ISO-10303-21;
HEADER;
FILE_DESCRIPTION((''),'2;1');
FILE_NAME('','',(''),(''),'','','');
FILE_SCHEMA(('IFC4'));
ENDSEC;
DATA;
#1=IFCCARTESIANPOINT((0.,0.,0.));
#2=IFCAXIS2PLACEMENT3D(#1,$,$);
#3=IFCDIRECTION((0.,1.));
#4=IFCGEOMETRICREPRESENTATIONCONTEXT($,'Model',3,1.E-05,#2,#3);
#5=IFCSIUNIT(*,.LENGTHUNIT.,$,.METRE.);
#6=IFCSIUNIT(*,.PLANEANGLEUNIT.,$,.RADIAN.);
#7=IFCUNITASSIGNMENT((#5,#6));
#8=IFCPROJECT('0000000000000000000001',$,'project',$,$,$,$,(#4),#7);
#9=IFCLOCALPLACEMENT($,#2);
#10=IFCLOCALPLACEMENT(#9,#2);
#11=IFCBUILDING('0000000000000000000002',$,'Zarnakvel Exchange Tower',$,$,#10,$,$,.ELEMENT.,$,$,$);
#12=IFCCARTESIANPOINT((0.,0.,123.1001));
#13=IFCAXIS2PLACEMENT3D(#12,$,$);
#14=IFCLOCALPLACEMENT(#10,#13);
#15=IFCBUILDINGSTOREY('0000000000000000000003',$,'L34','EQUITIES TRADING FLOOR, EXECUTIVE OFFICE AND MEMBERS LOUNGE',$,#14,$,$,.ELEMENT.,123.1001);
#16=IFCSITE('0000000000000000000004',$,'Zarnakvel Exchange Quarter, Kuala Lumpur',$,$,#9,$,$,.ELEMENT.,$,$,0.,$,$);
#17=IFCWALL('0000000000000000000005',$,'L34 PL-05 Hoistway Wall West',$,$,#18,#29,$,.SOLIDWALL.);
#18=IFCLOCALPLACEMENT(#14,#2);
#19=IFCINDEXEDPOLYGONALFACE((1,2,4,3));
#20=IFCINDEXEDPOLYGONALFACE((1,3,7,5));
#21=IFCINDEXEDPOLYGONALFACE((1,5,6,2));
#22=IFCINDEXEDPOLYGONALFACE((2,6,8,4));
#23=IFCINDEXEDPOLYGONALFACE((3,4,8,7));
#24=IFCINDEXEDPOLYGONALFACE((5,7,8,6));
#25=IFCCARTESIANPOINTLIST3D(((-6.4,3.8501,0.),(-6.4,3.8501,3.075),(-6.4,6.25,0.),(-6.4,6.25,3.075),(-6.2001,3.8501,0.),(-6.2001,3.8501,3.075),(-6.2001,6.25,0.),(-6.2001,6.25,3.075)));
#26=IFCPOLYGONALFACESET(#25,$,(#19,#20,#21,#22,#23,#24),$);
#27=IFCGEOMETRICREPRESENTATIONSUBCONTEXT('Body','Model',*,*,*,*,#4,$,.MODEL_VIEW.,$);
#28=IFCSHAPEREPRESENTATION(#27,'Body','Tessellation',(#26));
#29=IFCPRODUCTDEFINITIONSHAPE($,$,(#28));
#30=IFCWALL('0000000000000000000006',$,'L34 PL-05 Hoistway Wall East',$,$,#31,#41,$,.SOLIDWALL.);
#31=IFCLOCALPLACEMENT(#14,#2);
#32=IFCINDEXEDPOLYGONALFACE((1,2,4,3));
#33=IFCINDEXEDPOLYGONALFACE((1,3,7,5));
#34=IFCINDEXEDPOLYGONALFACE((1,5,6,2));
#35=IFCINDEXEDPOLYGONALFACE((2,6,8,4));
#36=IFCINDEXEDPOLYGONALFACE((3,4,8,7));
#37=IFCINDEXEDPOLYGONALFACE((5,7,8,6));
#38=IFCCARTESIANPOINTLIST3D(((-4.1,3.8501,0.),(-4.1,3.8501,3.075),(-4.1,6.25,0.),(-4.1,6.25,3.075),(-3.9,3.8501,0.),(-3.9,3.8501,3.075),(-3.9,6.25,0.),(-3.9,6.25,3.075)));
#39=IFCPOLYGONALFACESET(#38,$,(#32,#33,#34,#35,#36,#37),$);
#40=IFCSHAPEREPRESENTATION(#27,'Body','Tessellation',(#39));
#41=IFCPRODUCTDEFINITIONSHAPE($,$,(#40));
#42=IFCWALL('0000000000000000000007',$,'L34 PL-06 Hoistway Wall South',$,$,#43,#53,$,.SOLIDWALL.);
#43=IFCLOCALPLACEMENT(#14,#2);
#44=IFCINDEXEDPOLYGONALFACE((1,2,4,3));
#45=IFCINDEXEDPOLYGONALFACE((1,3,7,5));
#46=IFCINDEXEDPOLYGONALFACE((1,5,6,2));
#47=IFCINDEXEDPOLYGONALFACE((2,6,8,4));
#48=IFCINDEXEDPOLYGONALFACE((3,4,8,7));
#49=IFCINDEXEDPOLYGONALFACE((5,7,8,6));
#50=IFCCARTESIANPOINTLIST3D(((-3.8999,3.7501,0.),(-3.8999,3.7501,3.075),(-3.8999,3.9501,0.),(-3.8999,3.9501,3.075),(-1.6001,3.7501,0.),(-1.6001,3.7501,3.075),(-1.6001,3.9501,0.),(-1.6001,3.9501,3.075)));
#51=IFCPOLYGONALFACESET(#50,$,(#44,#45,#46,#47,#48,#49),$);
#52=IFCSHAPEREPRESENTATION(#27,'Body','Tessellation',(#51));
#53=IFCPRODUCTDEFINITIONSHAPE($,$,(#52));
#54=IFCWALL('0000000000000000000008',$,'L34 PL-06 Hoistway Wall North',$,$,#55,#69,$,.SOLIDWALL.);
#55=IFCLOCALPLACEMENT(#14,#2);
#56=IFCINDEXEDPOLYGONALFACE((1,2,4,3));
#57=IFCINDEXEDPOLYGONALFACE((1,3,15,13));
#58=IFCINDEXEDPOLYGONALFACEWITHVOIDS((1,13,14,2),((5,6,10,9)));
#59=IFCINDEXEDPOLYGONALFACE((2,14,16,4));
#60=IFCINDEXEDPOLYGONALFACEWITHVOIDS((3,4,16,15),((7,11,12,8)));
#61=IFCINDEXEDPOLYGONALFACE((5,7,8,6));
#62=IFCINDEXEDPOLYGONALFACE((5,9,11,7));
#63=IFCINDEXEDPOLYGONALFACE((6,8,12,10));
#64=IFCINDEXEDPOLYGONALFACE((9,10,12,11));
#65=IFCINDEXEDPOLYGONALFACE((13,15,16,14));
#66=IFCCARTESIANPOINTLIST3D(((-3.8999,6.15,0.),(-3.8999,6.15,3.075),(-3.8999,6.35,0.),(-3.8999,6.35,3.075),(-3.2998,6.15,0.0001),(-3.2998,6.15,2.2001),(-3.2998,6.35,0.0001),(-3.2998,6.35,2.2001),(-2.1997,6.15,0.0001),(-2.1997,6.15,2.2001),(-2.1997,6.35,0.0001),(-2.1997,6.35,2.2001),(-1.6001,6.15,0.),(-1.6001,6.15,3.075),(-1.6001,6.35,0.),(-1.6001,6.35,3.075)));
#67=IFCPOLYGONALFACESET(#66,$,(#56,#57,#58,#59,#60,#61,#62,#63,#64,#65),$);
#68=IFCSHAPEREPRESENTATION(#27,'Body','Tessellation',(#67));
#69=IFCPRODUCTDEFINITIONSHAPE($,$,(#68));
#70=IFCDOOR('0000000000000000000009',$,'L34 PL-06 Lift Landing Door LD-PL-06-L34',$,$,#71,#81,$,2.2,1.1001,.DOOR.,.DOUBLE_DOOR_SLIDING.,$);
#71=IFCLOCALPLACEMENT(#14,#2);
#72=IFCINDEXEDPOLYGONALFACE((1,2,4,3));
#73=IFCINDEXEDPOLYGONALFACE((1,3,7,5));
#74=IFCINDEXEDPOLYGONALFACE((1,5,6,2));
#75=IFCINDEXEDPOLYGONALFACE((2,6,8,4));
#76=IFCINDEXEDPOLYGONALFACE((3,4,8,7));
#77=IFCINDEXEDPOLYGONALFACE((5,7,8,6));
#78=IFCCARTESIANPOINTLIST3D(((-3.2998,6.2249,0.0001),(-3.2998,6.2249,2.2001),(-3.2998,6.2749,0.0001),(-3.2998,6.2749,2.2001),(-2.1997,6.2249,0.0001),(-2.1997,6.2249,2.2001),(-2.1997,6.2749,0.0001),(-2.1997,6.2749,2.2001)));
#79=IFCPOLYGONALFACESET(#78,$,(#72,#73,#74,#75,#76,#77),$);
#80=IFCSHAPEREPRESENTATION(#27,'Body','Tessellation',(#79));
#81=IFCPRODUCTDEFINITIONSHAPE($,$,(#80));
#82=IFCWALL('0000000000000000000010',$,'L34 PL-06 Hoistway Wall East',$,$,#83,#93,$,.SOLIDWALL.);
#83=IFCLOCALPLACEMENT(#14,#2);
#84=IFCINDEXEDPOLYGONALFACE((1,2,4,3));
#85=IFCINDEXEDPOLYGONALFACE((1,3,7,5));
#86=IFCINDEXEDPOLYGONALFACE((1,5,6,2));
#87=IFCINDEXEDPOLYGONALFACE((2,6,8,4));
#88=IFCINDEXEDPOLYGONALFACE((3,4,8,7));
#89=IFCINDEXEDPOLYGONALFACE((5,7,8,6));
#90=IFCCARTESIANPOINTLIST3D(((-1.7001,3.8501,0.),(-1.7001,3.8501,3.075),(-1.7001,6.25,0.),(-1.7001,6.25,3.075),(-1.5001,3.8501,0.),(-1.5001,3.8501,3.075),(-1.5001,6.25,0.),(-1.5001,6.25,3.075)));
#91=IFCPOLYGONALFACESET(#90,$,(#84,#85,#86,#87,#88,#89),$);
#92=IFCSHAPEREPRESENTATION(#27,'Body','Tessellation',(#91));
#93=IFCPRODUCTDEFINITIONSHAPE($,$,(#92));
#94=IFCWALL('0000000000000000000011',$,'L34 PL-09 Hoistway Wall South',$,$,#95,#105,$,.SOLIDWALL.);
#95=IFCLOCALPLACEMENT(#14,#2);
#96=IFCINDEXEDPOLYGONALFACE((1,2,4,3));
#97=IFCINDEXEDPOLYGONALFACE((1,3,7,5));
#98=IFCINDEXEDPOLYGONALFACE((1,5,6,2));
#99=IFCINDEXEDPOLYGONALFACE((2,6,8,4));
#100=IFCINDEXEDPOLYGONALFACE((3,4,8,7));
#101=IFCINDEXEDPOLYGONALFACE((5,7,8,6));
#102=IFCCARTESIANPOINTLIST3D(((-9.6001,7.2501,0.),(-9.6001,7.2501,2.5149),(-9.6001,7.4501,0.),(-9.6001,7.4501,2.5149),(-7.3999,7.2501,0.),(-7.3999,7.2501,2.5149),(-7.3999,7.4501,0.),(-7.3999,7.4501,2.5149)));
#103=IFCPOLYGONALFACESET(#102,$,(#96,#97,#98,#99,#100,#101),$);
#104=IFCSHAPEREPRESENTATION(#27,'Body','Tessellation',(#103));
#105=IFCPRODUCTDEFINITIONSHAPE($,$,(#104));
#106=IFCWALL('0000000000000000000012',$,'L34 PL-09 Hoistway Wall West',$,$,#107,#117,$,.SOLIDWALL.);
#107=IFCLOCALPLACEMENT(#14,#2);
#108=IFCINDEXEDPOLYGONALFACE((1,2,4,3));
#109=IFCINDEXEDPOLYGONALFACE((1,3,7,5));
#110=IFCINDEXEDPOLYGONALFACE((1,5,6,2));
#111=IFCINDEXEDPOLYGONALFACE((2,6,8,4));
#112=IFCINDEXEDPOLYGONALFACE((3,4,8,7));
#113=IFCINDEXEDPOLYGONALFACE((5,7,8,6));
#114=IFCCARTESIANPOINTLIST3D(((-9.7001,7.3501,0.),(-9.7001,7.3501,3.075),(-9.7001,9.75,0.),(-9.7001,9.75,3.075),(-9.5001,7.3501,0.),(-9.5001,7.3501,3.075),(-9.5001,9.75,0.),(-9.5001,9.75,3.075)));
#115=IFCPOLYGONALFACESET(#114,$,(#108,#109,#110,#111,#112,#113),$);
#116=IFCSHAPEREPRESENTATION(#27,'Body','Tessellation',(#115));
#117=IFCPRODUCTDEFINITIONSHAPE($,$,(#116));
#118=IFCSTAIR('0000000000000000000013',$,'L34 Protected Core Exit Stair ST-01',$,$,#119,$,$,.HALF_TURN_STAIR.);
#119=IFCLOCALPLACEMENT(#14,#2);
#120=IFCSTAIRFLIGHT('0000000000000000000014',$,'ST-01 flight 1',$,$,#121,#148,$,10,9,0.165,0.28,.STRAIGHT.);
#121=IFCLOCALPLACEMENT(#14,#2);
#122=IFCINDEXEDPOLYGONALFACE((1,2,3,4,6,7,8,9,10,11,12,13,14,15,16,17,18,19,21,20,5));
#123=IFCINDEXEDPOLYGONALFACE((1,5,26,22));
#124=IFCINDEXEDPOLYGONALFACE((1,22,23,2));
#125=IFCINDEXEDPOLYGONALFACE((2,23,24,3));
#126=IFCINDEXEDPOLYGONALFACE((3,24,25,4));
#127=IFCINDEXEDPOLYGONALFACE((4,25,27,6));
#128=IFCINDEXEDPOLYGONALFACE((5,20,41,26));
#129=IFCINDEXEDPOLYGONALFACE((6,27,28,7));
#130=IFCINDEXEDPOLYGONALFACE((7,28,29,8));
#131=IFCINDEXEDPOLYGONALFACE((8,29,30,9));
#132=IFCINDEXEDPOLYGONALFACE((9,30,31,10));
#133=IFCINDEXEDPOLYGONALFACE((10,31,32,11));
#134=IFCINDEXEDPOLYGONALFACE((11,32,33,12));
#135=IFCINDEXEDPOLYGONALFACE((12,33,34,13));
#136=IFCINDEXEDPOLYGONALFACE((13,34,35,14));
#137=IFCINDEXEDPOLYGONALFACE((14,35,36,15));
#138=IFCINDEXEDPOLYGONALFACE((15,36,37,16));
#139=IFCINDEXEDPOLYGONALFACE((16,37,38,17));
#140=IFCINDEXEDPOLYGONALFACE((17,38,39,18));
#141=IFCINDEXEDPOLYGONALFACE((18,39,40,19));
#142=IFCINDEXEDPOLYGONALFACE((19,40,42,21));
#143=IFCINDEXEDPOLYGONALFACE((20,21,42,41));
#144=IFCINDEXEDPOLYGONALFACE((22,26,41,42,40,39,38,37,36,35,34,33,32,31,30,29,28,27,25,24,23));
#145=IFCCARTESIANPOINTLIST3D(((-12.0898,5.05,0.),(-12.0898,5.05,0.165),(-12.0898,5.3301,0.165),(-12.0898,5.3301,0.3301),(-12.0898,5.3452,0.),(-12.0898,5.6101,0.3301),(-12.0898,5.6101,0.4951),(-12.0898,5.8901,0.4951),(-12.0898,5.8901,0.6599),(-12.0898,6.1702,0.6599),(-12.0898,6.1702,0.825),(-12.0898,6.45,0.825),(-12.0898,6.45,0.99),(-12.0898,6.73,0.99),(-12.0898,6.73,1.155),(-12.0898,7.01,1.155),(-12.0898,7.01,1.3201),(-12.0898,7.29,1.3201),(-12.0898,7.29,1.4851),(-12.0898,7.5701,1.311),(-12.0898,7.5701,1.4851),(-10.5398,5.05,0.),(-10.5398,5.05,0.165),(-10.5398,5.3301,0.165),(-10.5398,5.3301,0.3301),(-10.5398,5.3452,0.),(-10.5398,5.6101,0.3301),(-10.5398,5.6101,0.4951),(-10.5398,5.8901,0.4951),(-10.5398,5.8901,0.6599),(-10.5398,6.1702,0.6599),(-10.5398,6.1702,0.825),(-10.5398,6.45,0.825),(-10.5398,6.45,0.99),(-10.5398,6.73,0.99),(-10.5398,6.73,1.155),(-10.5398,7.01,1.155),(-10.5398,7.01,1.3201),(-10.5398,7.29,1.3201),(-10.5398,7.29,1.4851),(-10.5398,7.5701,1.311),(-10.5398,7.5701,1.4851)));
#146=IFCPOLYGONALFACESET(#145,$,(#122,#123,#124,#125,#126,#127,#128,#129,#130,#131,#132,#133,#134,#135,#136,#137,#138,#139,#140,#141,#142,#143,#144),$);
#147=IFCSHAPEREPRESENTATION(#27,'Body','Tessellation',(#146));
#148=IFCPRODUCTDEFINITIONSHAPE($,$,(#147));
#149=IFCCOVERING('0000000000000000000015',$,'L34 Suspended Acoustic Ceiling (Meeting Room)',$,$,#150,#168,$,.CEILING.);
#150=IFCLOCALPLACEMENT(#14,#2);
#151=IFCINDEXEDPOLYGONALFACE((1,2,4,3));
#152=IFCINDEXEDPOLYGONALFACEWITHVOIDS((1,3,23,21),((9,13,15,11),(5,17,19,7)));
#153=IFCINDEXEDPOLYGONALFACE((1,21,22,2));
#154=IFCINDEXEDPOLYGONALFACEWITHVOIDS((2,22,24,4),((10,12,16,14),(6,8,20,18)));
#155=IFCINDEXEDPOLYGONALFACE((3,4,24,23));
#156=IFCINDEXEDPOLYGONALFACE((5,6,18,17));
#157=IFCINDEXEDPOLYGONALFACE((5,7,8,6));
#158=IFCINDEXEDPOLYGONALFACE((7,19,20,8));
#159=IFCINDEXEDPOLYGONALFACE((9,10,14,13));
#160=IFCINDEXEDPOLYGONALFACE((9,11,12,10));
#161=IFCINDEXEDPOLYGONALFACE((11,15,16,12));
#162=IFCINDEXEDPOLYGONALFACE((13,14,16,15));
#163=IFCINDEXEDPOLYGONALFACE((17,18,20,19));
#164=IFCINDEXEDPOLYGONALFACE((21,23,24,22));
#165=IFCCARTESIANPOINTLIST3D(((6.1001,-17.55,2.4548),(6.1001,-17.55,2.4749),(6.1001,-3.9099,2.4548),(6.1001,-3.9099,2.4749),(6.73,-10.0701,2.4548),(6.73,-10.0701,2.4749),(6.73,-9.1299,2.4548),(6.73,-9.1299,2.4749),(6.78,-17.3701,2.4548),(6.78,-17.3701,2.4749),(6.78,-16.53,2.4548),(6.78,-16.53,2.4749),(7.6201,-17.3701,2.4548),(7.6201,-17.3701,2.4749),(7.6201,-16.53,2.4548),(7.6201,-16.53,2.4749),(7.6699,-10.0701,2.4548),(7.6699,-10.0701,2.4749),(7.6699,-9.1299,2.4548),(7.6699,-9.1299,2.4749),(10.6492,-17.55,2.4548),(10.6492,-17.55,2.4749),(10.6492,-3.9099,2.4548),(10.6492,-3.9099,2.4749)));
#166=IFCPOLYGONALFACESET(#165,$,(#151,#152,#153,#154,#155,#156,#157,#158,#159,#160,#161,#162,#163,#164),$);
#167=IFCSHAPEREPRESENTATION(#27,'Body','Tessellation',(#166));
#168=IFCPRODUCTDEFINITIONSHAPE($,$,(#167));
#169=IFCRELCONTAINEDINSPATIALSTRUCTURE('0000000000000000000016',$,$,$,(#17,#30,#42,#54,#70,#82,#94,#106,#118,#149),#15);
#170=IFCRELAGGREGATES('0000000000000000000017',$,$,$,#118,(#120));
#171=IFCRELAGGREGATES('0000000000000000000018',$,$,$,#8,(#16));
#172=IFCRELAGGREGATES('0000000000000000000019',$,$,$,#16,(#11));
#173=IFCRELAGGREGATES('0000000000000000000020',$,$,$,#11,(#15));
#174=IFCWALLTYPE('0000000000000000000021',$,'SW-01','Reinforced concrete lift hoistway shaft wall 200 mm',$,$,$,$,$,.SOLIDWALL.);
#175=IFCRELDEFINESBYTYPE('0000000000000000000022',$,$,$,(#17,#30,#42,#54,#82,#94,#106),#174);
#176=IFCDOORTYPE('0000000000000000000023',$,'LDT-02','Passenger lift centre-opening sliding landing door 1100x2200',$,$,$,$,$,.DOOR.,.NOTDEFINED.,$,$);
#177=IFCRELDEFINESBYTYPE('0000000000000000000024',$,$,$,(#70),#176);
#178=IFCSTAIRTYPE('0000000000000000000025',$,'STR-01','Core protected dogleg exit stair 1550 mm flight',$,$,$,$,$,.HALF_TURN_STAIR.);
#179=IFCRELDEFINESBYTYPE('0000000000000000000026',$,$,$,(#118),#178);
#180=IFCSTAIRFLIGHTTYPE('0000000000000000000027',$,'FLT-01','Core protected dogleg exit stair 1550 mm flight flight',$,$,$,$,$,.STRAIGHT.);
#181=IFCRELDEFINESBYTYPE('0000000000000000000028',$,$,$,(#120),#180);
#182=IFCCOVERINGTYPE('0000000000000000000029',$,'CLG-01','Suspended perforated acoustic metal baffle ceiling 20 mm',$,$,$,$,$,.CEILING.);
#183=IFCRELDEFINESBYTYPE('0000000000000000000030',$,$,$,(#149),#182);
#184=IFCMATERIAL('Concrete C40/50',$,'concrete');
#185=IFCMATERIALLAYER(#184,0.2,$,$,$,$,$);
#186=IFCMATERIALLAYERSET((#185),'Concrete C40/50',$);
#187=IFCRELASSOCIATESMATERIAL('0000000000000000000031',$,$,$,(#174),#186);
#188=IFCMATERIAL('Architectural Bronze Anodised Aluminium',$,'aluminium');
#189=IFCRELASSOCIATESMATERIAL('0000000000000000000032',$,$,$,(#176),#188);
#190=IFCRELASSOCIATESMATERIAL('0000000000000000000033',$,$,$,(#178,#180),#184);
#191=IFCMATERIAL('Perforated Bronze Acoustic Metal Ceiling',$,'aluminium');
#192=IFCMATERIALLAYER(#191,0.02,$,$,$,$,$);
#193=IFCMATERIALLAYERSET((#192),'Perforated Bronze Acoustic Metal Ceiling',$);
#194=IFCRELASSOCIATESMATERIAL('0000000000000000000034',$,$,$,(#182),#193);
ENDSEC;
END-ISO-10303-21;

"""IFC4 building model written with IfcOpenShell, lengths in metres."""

from ifc_helpers import new_model, si_unit, direction, frame, frame_2d, origin, place, context, subcontext, project, spatial, polyline, rectangle, outline, extrude, source, transform, mapped, material, layer, layer_set, type_object, element, fill, aggregate, save


model = new_model("IFC4")

# Units and contexts
model_context = context("Model", 3, precision=1e-05, world=origin(), true_north=direction((0.0, 1.0)))
body_context = subcontext(model_context, "Body", "Model", "MODEL_VIEW")
ifc_project = project(units=[si_unit("LENGTHUNIT", "METRE"), si_unit("PLANEANGLEUNIT", "RADIAN")], contexts=[model_context])

# Site, building, storey
site_placement = place(None, origin())
site = spatial("IfcSite", under=ifc_project, at=site_placement, Name="Zarnakvel Exchange Quarter, Kuala Lumpur", CompositionType="ELEMENT", RefElevation=0.0)
building_placement = place(site_placement, origin())
building = spatial("IfcBuilding", under=site, at=building_placement, Name="Zarnakvel Exchange Tower", CompositionType="ELEMENT")
storey_placement = place(building_placement, frame((0.0, 0.0, 123.1001)))
storey = spatial("IfcBuildingStorey", under=building, at=storey_placement, Name="L34", Description="EQUITIES TRADING FLOOR, EXECUTIVE OFFICE AND MEMBERS LOUNGE", CompositionType="ELEMENT", Elevation=123.1001)

# Shared definitions
ifc_material_1 = material(Name="Concrete C40/50", Category="concrete")
ifc_layer_1 = layer(ifc_material_1, 0.2)
ifc_layer_set_1 = layer_set([ifc_layer_1], Name="Concrete C40/50")
wall_type_1 = type_object("IfcWallType", Name="SW-01", Description="Reinforced concrete lift hoistway shaft wall 200 mm", PredefinedType="SOLIDWALL", material=ifc_layer_set_1)
shared_shape_1 = source(origin(), body_context, "Body", "SweptSolid", [
    extrude(rectangle(XDim=1.1001, YDim=2.2, at=frame_2d((0.55, 1.1001))), frame((0.0, 0.0249, 0.0), z_axis=(0.0, -1.0, 0.0), x_axis=(1.0, 0.0, 0.0)), (0.0, 0.0, 1.0), 0.05),
])

# Shared definitions
ifc_material_2 = material(Name="Architectural Bronze Anodised Aluminium", Category="aluminium")
door_type_1 = type_object("IfcDoorType", Name="LDT-02", Description="Passenger lift centre-opening sliding landing door 1100x2200", OperationType="NOTDEFINED", PredefinedType="DOOR", material=ifc_material_2)

# Walls
for number, where, z_axis, x_axis, name in (
    (1, (-6.3, 3.8501, 0.0), (0.0, 0.0, 1.0), (0.0, 1.0, 0.0), "L34 PL-05 Hoistway Wall West"),
    (2, (-4.0, 6.25, 0.0), (0.0, 0.0, 1.0), (0.0, -1.0, 0.0), "L34 PL-05 Hoistway Wall East"),
):
    element("IfcWall", number, at=place(storey_placement, frame(where, z_axis=z_axis, x_axis=x_axis)), inside=storey, type_object=wall_type_1, Name=name, PredefinedType="SOLIDWALL", context=body_context, shape_type="SweptSolid", body=[
        extrude(rectangle(XDim=2.3999, YDim=0.2, at=frame_2d((1.2, 0.0))), origin(), (0.0, 0.0, 1.0), 3.075),
    ])
wall_1_placement = place(storey_placement, frame((-1.6001, 3.8501, 0.0), z_axis=(0.0, 0.0, 1.0), x_axis=(-1.0, 0.0, 0.0)))
element("IfcWall", 3, at=wall_1_placement, inside=storey, type_object=wall_type_1, Name="L34 PL-06 Hoistway Wall South", PredefinedType="SOLIDWALL", context=body_context, shape_type="SweptSolid", body=[
    extrude(rectangle(XDim=2.2998, YDim=0.2, at=frame_2d((1.1499, 0.0))), origin(), (0.0, 0.0, 1.0), 3.075),
])

# Wall, opening, door
wall_2_placement = place(storey_placement, frame((-3.8999, 6.25, 0.0), z_axis=(0.0, 0.0, 1.0), x_axis=(1.0, 0.0, 0.0)))
wall_2 = element("IfcWall", 4, at=wall_2_placement, inside=storey, type_object=wall_type_1, Name="L34 PL-06 Hoistway Wall North", PredefinedType="SOLIDWALL", context=body_context, shape_type="SweptSolid", body=[
    extrude(rectangle(XDim=2.2998, YDim=0.2, at=frame_2d((1.1499, 0.0))), origin(), (0.0, 0.0, 1.0), 3.075),
])
opening_1_placement = place(wall_2_placement, frame((0.6001, 0.0, 0.0)))
opening_1 = element("IfcOpeningElement", 5, at=opening_1_placement, cuts=wall_2, PredefinedType="OPENING", context=body_context, shape_type="SweptSolid", body=[
    extrude(rectangle(XDim=1.1001, YDim=2.2, at=frame_2d((0.55, 1.1001))), frame((0.0, 0.1099, 0.0), z_axis=(0.0, -1.0, 0.0), x_axis=(1.0, 0.0, 0.0)), (0.0, 0.0, 1.0), 0.22),
])
door_1_placement = place(opening_1_placement, origin())
door_1 = element("IfcDoor", 6, at=door_1_placement, inside=storey, type_object=door_type_1, Name="L34 PL-06 Lift Landing Door LD-PL-06-L34", OperationType="DOUBLE_DOOR_SLIDING", OverallHeight=2.2, OverallWidth=1.1001, PredefinedType="DOOR", context=body_context, shape_type="MappedRepresentation", body=[
    mapped(shared_shape_1, transform((0.0, 0.0, 0.0), x_axis=(1.0, 0.0, 0.0), y_axis=(0.0, 1.0, 0.0), z_axis=(0.0, 0.0, 1.0), scale=1.0)),
])
fill(opening_1, door_1)

# Walls
wall_3_placement = place(storey_placement, frame((-1.6001, 6.25, 0.0), z_axis=(0.0, 0.0, 1.0), x_axis=(0.0, -1.0, 0.0)))
element("IfcWall", 7, at=wall_3_placement, inside=storey, type_object=wall_type_1, Name="L34 PL-06 Hoistway Wall East", PredefinedType="SOLIDWALL", context=body_context, shape_type="SweptSolid", body=[
    extrude(rectangle(XDim=2.3999, YDim=0.2, at=frame_2d((1.2, 0.0))), origin(), (0.0, 0.0, 1.0), 3.075),
])
wall_4_placement = place(storey_placement, frame((-7.3999, 7.3501, 0.0), z_axis=(0.0, 0.0, 1.0), x_axis=(-1.0, 0.0, 0.0)))
element("IfcWall", 8, at=wall_4_placement, inside=storey, type_object=wall_type_1, Name="L34 PL-09 Hoistway Wall South", PredefinedType="SOLIDWALL", context=body_context, shape_type="SweptSolid", body=[
    extrude(rectangle(XDim=2.2002, YDim=0.2, at=frame_2d((1.1001, 0.0))), origin(), (0.0, 0.0, 1.0), 2.5149),
])
wall_5_placement = place(storey_placement, frame((-9.6001, 7.3501, 0.0), z_axis=(0.0, 0.0, 1.0), x_axis=(0.0, 1.0, 0.0)))
element("IfcWall", 9, at=wall_5_placement, inside=storey, type_object=wall_type_1, Name="L34 PL-09 Hoistway Wall West", PredefinedType="SOLIDWALL", context=body_context, shape_type="SweptSolid", body=[
    extrude(rectangle(XDim=2.3999, YDim=0.2, at=frame_2d((1.2, 0.0))), origin(), (0.0, 0.0, 1.0), 3.075),
])

# Stair, stair flight
stair_type = type_object("IfcStairType", Name="STR-01", Description="Core protected dogleg exit stair 1550 mm flight", PredefinedType="HALF_TURN_STAIR", material=ifc_material_1)
stair_placement = place(storey_placement, origin())
stair = element("IfcStair", 10, at=stair_placement, inside=storey, type_object=stair_type, Name="L34 Protected Core Exit Stair ST-01", PredefinedType="HALF_TURN_STAIR")
stair_flight_type = type_object("IfcStairFlightType", Name="FLT-01", Description="Core protected dogleg exit stair 1550 mm flight flight", PredefinedType="STRAIGHT", material=ifc_material_1)
stair_flight_placement = place(storey_placement, frame((-11.3149, 5.05, 0.0), z_axis=(0.0, 0.0, 1.0), x_axis=(0.0, 1.0, 0.0)))
stair_flight = element("IfcStairFlight", 11, at=stair_flight_placement, type_object=stair_flight_type, Name="ST-01 flight 1", NumberOfRisers=10, NumberOfTreads=9, PredefinedType="STRAIGHT", RiserHeight=0.165, TreadLength=0.28, context=body_context, shape_type="SweptSolid", body=[
    extrude(outline(polyline([(0.0, 0.0), (0.0, 0.165), (0.28, 0.165), (0.28, 0.3301), (0.5601, 0.3301), (0.5601, 0.4951), (0.8401, 0.4951), (0.8401, 0.6599), (1.1201, 0.6599), (1.1201, 0.825), (1.3999, 0.825), (1.3999, 0.99), (1.6799, 0.99), (1.6799, 1.155), (1.96, 1.155), (1.96, 1.3201), (2.24, 1.3201), (2.24, 1.4851), (2.52, 1.4851), (2.52, 1.6499), (2.52, 1.311), (0.2952, 0.0), (0.0, 0.0)])), frame((0.0, 0.7749, 0.0), z_axis=(0.0, -1.0, 0.0), x_axis=(1.0, 0.0, 0.0)), (0.0, 0.0, 1.0), 1.55),
])
aggregate(stair, [stair_flight])

# Covering
ifc_material_3 = material(Name="Perforated Bronze Acoustic Metal Ceiling", Category="aluminium")
ifc_layer_2 = layer(ifc_material_3, 0.02)
ifc_layer_set_2 = layer_set([ifc_layer_2], Name="Perforated Bronze Acoustic Metal Ceiling")
covering_type_1 = type_object("IfcCoveringType", Name="CLG-01", Description="Suspended perforated acoustic metal baffle ceiling 20 mm", PredefinedType="CEILING", material=ifc_layer_set_2)
covering_1_placement = place(storey_placement, frame((0.0, 0.0, 2.4548)))
element("IfcCovering", 12, at=covering_1_placement, inside=storey, type_object=covering_type_1, Name="L34 Suspended Acoustic Ceiling (Meeting Room)", PredefinedType="CEILING", context=body_context, shape_type="SweptSolid", body=[
    extrude(outline(polyline([(6.1001, -3.9099), (10.6492, -3.9099), (10.6492, -17.55), (6.1001, -17.55), (6.1001, -3.9099)]), holes=[polyline([(6.73, -10.0701), (7.6699, -10.0701), (7.6699, -9.1299), (6.73, -9.1299), (6.73, -10.0701)]), polyline([(7.6201, -17.3701), (7.6201, -16.53), (6.78, -16.53), (6.78, -17.3701), (7.6201, -17.3701)])]), origin(), (0.0, 0.0, 1.0), 0.02),
])

save(model, "model.ifc")
